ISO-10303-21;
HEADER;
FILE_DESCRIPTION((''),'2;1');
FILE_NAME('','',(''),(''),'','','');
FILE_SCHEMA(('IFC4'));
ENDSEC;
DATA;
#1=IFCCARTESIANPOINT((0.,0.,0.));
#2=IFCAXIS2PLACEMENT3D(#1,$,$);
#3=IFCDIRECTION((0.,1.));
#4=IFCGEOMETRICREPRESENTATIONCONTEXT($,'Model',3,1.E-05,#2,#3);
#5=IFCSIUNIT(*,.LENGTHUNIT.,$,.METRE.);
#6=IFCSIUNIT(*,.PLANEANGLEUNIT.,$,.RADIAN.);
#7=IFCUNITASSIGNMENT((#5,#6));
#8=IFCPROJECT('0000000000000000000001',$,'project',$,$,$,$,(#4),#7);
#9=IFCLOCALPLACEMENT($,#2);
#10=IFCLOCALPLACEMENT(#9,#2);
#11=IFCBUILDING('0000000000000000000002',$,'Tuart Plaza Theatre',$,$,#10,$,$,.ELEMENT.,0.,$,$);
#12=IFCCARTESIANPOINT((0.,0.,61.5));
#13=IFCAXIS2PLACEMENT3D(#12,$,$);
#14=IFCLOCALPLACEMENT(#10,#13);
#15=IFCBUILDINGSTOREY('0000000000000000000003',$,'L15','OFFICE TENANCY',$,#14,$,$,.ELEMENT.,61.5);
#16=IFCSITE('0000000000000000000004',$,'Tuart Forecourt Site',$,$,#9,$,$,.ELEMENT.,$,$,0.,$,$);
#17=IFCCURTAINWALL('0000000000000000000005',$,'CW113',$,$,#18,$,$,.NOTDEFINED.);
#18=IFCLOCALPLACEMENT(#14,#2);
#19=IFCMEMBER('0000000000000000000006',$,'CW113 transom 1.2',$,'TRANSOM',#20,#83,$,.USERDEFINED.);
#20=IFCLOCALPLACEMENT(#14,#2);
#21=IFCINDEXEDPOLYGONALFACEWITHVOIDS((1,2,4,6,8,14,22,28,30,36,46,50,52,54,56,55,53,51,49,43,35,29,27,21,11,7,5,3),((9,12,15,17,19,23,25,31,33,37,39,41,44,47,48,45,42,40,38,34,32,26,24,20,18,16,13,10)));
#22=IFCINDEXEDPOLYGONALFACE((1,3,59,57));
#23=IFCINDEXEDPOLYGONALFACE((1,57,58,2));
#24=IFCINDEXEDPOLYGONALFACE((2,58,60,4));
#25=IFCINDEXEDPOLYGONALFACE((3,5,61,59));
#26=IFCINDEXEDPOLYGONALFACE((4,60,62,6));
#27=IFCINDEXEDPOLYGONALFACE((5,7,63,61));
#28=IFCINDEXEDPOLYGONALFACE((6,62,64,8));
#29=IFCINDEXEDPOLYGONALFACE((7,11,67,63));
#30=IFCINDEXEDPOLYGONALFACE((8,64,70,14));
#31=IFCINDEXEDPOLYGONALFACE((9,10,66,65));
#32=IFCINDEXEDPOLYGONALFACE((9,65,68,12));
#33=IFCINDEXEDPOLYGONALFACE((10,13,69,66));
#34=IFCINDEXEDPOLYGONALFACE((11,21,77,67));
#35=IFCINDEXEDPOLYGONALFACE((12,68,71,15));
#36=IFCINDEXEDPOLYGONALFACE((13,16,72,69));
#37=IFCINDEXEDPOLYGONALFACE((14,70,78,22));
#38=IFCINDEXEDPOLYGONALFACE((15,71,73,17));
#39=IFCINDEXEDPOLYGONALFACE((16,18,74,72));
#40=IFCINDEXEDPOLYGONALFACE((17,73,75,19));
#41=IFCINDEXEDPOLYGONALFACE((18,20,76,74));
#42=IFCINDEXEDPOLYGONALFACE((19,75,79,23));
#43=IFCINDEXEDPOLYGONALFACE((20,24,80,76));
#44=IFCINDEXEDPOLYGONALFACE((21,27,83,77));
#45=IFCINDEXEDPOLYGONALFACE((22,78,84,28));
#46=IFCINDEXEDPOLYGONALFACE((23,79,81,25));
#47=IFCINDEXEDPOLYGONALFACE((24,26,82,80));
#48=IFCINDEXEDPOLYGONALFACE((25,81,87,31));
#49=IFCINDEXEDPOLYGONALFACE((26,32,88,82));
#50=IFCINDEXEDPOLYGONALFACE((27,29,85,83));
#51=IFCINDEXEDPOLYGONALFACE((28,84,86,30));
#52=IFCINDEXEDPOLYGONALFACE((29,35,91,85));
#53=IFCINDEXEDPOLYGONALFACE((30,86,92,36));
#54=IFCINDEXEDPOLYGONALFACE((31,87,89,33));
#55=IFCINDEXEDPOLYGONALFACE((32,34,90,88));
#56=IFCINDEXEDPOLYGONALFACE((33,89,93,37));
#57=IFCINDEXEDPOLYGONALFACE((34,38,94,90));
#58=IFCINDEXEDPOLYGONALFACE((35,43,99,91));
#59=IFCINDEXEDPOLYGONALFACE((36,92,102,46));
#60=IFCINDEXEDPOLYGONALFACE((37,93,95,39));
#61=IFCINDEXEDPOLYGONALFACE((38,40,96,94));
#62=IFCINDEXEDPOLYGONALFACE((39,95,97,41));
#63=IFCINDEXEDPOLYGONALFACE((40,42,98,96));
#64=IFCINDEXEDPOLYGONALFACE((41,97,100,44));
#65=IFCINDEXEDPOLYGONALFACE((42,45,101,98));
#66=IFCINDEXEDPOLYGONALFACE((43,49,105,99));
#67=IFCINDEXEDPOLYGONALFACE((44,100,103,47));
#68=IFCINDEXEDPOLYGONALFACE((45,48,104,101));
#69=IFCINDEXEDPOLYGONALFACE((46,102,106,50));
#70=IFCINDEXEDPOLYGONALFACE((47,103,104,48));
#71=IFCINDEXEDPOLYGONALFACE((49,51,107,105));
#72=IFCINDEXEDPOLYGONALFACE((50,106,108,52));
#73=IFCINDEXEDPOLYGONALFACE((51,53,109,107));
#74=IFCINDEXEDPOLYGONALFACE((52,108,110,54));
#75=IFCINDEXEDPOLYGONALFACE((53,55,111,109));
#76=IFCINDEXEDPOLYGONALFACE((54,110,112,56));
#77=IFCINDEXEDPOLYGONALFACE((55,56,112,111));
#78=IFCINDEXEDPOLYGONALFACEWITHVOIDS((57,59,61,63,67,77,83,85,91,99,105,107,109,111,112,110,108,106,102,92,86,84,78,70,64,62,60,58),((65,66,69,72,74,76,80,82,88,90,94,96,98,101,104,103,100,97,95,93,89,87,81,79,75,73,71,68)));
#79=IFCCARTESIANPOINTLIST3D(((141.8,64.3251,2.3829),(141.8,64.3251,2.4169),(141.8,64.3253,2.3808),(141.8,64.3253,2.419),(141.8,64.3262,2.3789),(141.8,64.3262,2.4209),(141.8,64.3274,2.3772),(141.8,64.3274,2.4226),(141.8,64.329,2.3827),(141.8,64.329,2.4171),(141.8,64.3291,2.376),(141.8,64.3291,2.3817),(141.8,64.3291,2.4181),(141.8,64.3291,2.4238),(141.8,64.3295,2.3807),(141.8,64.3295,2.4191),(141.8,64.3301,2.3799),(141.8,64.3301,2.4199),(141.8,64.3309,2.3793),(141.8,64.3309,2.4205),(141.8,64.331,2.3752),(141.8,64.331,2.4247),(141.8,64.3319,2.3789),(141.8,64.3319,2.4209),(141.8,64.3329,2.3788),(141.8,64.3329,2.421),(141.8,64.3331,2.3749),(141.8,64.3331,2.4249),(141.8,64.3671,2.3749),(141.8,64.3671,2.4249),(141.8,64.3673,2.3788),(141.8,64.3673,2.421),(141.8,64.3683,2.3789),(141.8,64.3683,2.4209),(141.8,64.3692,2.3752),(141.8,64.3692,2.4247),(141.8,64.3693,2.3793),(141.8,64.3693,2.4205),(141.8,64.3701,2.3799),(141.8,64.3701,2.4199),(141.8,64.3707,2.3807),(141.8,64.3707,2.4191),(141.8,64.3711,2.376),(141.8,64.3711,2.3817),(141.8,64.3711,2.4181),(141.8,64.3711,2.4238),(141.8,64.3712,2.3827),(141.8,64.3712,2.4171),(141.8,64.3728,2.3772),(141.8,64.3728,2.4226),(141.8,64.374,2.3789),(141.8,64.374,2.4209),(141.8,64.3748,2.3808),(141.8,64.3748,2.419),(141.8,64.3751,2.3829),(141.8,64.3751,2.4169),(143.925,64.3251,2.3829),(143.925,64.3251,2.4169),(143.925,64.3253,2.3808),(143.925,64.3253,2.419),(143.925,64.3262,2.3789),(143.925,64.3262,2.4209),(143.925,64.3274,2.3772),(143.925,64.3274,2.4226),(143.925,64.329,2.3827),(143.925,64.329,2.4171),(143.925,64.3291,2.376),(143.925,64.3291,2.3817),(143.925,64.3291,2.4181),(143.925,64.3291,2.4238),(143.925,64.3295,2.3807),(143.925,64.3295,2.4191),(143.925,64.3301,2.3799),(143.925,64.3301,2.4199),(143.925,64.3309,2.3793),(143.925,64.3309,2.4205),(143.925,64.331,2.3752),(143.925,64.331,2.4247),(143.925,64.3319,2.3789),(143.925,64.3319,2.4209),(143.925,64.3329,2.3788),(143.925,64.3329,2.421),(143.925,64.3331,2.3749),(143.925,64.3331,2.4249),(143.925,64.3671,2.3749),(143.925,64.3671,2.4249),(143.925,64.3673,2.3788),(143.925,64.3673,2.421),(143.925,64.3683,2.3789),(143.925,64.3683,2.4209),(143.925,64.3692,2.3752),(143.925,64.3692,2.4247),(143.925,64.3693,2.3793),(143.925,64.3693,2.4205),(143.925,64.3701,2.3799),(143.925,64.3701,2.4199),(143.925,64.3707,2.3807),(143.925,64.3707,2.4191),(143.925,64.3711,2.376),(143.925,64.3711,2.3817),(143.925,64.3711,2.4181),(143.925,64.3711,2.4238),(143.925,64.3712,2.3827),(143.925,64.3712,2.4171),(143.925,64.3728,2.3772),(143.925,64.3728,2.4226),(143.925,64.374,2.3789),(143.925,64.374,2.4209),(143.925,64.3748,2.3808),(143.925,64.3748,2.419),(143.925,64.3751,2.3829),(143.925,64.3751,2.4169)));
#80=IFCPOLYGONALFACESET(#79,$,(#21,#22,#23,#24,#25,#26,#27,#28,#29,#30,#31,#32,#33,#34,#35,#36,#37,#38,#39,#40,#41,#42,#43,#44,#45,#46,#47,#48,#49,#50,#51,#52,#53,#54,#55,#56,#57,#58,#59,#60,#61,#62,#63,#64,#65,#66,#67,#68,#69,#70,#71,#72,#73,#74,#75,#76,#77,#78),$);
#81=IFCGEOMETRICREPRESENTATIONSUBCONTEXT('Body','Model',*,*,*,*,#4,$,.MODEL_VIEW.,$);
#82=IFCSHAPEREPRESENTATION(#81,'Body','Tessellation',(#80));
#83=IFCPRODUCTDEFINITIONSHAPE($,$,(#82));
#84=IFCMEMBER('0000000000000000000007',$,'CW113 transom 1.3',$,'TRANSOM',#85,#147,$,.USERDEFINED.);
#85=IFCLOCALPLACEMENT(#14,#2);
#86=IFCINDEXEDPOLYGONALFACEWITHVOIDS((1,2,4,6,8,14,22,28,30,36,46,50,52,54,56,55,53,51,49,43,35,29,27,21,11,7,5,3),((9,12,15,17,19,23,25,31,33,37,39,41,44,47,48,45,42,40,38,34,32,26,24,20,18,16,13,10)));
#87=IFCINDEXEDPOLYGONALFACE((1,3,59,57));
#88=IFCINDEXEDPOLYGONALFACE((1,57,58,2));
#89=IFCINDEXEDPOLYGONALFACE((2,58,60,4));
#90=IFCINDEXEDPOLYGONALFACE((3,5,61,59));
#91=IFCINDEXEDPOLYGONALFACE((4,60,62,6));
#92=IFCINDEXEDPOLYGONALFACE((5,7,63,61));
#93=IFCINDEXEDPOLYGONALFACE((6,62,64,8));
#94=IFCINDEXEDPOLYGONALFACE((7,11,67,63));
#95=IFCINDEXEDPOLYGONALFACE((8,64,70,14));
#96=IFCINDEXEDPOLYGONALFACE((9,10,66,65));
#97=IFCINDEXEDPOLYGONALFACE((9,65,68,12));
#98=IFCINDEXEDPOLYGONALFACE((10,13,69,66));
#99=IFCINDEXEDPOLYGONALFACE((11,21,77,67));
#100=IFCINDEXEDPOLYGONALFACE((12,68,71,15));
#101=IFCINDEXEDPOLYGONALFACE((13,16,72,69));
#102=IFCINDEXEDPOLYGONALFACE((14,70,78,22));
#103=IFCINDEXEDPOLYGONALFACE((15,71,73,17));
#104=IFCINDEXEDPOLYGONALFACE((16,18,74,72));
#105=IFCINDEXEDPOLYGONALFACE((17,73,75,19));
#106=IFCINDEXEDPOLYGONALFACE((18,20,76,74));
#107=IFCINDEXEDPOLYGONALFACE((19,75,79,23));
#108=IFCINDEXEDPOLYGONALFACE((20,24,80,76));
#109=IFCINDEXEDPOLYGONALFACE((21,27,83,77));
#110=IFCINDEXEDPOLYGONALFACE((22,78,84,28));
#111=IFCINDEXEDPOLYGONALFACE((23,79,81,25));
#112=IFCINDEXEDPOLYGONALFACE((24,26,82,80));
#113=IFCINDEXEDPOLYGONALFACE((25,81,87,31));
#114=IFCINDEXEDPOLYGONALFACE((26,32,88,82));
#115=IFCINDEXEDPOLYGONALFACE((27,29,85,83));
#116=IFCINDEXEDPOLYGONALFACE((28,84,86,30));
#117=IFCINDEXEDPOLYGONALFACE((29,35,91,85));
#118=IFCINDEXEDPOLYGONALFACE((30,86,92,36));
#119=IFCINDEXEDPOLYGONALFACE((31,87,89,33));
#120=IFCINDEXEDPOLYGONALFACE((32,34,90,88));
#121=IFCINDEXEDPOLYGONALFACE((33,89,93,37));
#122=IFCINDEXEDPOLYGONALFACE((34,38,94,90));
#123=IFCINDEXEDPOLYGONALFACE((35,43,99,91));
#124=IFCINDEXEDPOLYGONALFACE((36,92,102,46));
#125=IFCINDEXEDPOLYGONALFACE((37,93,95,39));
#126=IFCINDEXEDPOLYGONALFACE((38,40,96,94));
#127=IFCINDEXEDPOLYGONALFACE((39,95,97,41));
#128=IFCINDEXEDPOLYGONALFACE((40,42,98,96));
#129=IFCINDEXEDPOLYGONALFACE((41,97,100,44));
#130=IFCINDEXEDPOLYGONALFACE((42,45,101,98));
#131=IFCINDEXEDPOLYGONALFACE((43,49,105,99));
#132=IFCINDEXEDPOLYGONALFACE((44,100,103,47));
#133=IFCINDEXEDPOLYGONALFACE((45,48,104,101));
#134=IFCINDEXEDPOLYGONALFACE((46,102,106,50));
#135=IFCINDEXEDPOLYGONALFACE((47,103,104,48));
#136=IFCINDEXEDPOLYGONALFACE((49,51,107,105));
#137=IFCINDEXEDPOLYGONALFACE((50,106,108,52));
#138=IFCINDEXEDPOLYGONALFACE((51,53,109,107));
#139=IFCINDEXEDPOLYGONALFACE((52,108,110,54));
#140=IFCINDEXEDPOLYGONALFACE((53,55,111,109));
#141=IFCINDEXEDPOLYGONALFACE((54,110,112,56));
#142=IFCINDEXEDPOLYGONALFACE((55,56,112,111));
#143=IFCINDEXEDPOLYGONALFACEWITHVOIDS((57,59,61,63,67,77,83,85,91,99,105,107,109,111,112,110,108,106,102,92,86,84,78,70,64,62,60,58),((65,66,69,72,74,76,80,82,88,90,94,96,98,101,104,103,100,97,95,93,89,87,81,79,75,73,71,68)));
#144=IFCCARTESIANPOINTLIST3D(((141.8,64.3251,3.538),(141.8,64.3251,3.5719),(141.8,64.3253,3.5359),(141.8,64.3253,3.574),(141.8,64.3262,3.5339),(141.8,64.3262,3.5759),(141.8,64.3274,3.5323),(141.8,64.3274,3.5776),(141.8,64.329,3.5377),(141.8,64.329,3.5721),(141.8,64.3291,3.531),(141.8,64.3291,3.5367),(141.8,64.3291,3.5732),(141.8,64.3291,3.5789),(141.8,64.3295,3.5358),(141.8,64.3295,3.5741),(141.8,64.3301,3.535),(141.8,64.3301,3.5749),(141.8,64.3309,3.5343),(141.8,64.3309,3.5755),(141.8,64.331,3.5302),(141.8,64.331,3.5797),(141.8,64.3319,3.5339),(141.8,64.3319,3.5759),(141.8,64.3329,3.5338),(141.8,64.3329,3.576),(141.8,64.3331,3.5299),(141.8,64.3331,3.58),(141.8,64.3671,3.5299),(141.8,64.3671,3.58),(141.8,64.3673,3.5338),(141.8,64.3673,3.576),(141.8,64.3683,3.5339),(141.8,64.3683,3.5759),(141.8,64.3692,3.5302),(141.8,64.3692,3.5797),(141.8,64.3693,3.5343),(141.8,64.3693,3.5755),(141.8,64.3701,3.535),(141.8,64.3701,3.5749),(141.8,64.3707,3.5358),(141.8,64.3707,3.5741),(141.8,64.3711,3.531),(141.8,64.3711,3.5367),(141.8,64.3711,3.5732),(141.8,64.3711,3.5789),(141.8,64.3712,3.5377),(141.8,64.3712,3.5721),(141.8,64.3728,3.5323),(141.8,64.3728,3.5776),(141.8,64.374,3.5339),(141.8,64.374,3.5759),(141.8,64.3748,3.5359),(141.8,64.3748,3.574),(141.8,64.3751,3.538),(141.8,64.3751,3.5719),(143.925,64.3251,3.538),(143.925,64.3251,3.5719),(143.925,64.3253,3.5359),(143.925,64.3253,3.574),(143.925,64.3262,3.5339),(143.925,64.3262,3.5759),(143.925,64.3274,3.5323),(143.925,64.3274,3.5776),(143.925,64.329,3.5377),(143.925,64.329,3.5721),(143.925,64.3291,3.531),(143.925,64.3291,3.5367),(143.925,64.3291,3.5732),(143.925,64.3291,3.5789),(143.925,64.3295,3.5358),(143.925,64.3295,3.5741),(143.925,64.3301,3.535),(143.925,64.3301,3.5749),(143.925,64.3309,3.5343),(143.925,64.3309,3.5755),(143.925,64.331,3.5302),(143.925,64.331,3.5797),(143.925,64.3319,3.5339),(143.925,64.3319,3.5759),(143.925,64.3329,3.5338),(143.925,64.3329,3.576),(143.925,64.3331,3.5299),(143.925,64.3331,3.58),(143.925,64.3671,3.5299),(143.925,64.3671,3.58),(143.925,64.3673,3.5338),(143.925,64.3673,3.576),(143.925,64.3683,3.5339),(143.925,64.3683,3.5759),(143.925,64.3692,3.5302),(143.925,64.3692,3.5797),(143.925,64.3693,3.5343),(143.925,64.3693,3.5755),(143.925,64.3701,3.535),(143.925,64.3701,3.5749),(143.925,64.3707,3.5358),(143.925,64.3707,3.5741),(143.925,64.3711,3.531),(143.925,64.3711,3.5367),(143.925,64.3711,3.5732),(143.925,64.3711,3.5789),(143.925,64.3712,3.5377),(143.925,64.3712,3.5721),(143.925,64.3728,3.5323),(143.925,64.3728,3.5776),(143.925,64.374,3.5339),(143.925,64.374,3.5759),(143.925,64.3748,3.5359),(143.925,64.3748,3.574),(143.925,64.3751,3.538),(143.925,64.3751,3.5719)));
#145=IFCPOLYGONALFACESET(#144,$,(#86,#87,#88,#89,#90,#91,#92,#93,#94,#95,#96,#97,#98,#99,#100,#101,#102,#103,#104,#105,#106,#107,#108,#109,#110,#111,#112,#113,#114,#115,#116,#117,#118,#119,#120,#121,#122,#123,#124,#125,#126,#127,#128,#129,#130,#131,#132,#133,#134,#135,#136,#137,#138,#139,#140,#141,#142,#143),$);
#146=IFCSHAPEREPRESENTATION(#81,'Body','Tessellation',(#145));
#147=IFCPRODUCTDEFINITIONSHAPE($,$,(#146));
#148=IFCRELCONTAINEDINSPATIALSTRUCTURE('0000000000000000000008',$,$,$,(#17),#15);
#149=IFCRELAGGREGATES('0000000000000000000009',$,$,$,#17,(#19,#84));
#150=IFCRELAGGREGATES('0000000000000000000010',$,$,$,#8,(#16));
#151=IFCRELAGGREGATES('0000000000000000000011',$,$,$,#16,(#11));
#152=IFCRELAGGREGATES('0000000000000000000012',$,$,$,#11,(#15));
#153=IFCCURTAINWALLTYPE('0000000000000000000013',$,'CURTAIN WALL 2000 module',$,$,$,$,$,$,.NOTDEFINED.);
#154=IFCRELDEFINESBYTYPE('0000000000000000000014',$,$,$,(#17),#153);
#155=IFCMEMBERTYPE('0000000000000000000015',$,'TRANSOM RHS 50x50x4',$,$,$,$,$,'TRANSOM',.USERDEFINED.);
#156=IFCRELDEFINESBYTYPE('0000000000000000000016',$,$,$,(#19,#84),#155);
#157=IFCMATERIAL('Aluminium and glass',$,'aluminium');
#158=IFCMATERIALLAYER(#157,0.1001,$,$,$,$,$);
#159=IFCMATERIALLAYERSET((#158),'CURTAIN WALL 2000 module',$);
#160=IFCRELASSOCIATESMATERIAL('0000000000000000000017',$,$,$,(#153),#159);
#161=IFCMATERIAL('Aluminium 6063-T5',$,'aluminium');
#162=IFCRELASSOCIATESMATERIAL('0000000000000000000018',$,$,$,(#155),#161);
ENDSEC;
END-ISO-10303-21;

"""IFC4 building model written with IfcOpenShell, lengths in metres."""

from ifc_helpers import new_model, si_unit, direction, frame, origin, origin_2d, place, context, subcontext, project, spatial, hollow_rectangle, extrude, material, layer, layer_set, material_profile, profile_set, type_object, element, aggregate, save


model = new_model("IFC4")

# Units and contexts
model_context = context("Model", 3, precision=1e-05, world=origin(), true_north=direction((0.0, 1.0)))
body_context = subcontext(model_context, "Body", "Model", "MODEL_VIEW")
ifc_project = project(units=[si_unit("LENGTHUNIT", "METRE"), si_unit("PLANEANGLEUNIT", "RADIAN")], contexts=[model_context])

# Site, building, storey
site_placement = place(None, origin())
site = spatial("IfcSite", under=ifc_project, at=site_placement, Name="Tuart Forecourt Site", CompositionType="ELEMENT", RefElevation=0.0)
building_placement = place(site_placement, origin())
building = spatial("IfcBuilding", under=site, at=building_placement, Name="Tuart Plaza Theatre", CompositionType="ELEMENT", ElevationOfRefHeight=0.0)
storey_placement = place(building_placement, frame((0.0, 0.0, 61.5)))
storey = spatial("IfcBuildingStorey", under=building, at=storey_placement, Name="L15", Description="OFFICE TENANCY", CompositionType="ELEMENT", Elevation=61.5)

# Curtain wall, members
ifc_material_1 = material(Name="Aluminium and glass", Category="aluminium")
ifc_layer_1 = layer(ifc_material_1, 0.1001)
ifc_layer_set_1 = layer_set([ifc_layer_1], Name="CURTAIN WALL 2000 module")
curtain_wall_type = type_object("IfcCurtainWallType", Name="CURTAIN WALL 2000 module", PredefinedType="NOTDEFINED", material=ifc_layer_set_1)
curtain_wall_placement = place(storey_placement, origin())
curtain_wall = element("IfcCurtainWall", 1, at=curtain_wall_placement, inside=storey, type_object=curtain_wall_type, Name="CW113", PredefinedType="NOTDEFINED")
ifc_material_2 = material(Name="Aluminium 6063-T5", Category="aluminium")
ifc_material_profile_1 = material_profile(ifc_material_2, hollow_rectangle(XDim=0.05, YDim=0.05, WallThickness=0.0039, InnerFilletRadius=0.0039, OuterFilletRadius=0.0081, at=origin_2d()), Name="RHS 50x50x4")
ifc_profile_set_1 = profile_set([ifc_material_profile_1], Name="Aluminium 6063-T5")
member_type_1 = type_object("IfcMemberType", Name="TRANSOM RHS 50x50x4", ElementType="TRANSOM", PredefinedType="USERDEFINED", material=ifc_profile_set_1)
member_1_placement = place(storey_placement, frame((141.8, 64.3501, 2.3999), z_axis=(1.0, 0.0, 0.0), x_axis=(0.0, 1.0, 0.0)))
member_1 = element("IfcMember", 2, at=member_1_placement, type_object=member_type_1, Name="CW113 transom 1.2", ObjectType="TRANSOM", PredefinedType="USERDEFINED", context=body_context, shape_type="SweptSolid", body=[
    extrude(hollow_rectangle(XDim=0.05, YDim=0.05, WallThickness=0.0039, InnerFilletRadius=0.0039, OuterFilletRadius=0.0081, at=origin_2d()), origin(), (0.0, 0.0, 1.0), 2.125),
])
member_2_placement = place(storey_placement, frame((141.8, 64.3501, 3.5549), z_axis=(1.0, 0.0, 0.0), x_axis=(0.0, 1.0, 0.0)))
member_2 = element("IfcMember", 3, at=member_2_placement, type_object=member_type_1, Name="CW113 transom 1.3", ObjectType="TRANSOM", PredefinedType="USERDEFINED", context=body_context, shape_type="SweptSolid", body=[
    extrude(hollow_rectangle(XDim=0.05, YDim=0.05, WallThickness=0.0039, InnerFilletRadius=0.0039, OuterFilletRadius=0.0081, at=origin_2d()), origin(), (0.0, 0.0, 1.0), 2.125),
])
aggregate(curtain_wall, [member_1, member_2])

save(model, "model.ifc")
